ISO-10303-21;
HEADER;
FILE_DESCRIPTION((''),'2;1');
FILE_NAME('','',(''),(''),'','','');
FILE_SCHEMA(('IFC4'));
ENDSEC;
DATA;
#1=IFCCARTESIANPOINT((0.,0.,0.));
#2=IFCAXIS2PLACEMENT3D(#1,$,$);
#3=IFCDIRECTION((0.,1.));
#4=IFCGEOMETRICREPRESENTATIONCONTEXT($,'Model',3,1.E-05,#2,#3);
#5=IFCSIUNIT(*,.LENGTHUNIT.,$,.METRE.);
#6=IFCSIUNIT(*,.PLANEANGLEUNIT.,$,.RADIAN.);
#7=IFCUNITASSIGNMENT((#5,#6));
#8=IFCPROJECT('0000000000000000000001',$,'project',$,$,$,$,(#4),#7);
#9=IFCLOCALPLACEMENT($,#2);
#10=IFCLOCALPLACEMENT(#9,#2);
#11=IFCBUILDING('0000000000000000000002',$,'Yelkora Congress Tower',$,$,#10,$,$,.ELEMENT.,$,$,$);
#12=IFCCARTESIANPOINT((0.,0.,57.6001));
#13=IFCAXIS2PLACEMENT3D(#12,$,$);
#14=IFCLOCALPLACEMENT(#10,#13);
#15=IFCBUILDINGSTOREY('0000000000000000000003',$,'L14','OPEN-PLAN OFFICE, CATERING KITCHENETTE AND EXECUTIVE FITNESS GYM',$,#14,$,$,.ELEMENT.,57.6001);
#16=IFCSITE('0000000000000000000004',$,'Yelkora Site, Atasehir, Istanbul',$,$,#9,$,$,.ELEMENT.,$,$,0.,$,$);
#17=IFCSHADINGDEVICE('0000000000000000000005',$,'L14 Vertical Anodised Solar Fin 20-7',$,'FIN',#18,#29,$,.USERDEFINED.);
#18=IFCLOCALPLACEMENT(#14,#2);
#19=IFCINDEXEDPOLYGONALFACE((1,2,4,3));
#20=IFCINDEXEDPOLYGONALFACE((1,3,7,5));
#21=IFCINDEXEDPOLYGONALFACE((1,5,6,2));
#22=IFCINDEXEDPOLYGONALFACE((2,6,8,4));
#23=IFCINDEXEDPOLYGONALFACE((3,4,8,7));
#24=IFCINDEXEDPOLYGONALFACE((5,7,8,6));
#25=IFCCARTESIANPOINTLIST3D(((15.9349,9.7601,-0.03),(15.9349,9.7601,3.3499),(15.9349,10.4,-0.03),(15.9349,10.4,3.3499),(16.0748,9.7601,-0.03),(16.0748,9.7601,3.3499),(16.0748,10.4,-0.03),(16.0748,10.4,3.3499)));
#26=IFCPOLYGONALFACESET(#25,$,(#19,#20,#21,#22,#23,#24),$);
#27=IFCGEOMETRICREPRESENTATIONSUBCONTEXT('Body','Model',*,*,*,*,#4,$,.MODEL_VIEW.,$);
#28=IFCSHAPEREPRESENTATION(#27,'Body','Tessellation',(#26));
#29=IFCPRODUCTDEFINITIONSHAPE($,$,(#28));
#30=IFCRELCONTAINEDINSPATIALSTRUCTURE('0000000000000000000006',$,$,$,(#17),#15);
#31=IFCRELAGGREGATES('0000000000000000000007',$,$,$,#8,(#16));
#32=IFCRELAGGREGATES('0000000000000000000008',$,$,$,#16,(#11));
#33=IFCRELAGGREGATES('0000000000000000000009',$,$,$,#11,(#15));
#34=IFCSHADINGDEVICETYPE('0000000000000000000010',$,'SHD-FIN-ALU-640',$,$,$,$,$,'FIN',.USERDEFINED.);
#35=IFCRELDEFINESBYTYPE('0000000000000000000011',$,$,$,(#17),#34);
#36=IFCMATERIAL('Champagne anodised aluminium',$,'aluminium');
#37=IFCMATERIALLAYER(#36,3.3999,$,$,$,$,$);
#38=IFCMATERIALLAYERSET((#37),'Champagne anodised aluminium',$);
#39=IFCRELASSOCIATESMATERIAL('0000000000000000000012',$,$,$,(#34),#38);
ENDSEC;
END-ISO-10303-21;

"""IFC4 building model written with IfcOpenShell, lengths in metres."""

from ifc_helpers import new_model, si_unit, direction, frame, origin, origin_2d, place, context, subcontext, project, spatial, rectangle, extrude, material, layer, layer_set, type_object, element, save


model = new_model("IFC4")

# Units and contexts
model_context = context("Model", 3, precision=1e-05, world=origin(), true_north=direction((0.0, 1.0)))
body_context = subcontext(model_context, "Body", "Model", "MODEL_VIEW")
ifc_project = project(units=[si_unit("LENGTHUNIT", "METRE"), si_unit("PLANEANGLEUNIT", "RADIAN")], contexts=[model_context])

# Site, building, storey
site_placement = place(None, origin())
site = spatial("IfcSite", under=ifc_project, at=site_placement, Name="Yelkora Site, Atasehir, Istanbul", CompositionType="ELEMENT", RefElevation=0.0)
building_placement = place(site_placement, origin())
building = spatial("IfcBuilding", under=site, at=building_placement, Name="Yelkora Congress Tower", CompositionType="ELEMENT")
storey_placement = place(building_placement, frame((0.0, 0.0, 57.6001)))
storey = spatial("IfcBuildingStorey", under=building, at=storey_placement, Name="L14", Description="OPEN-PLAN OFFICE, CATERING KITCHENETTE AND EXECUTIVE FITNESS GYM", CompositionType="ELEMENT", Elevation=57.6001)

# Shading device
ifc_material_1 = material(Name="Champagne anodised aluminium", Category="aluminium")
ifc_layer_1 = layer(ifc_material_1, 3.3999)
ifc_layer_set_1 = layer_set([ifc_layer_1], Name="Champagne anodised aluminium")
shading_device_type = type_object("IfcShadingDeviceType", Name="SHD-FIN-ALU-640", ElementType="FIN", PredefinedType="USERDEFINED", material=ifc_layer_set_1)
shading_device_placement = place(storey_placement, frame((16.0049, 10.0801, -0.03), z_axis=(0.0, 0.0, 1.0), x_axis=(-1.0, 0.0, 0.0)))
element("IfcShadingDevice", 1, at=shading_device_placement, inside=storey, type_object=shading_device_type, Name="L14 Vertical Anodised Solar Fin 20-7", ObjectType="FIN", PredefinedType="USERDEFINED", context=body_context, shape_type="SweptSolid", body=[
    extrude(rectangle(XDim=0.1399, YDim=0.6399, at=origin_2d()), origin(), (0.0, 0.0, 1.0), 3.3799),
])

save(model, "model.ifc")
